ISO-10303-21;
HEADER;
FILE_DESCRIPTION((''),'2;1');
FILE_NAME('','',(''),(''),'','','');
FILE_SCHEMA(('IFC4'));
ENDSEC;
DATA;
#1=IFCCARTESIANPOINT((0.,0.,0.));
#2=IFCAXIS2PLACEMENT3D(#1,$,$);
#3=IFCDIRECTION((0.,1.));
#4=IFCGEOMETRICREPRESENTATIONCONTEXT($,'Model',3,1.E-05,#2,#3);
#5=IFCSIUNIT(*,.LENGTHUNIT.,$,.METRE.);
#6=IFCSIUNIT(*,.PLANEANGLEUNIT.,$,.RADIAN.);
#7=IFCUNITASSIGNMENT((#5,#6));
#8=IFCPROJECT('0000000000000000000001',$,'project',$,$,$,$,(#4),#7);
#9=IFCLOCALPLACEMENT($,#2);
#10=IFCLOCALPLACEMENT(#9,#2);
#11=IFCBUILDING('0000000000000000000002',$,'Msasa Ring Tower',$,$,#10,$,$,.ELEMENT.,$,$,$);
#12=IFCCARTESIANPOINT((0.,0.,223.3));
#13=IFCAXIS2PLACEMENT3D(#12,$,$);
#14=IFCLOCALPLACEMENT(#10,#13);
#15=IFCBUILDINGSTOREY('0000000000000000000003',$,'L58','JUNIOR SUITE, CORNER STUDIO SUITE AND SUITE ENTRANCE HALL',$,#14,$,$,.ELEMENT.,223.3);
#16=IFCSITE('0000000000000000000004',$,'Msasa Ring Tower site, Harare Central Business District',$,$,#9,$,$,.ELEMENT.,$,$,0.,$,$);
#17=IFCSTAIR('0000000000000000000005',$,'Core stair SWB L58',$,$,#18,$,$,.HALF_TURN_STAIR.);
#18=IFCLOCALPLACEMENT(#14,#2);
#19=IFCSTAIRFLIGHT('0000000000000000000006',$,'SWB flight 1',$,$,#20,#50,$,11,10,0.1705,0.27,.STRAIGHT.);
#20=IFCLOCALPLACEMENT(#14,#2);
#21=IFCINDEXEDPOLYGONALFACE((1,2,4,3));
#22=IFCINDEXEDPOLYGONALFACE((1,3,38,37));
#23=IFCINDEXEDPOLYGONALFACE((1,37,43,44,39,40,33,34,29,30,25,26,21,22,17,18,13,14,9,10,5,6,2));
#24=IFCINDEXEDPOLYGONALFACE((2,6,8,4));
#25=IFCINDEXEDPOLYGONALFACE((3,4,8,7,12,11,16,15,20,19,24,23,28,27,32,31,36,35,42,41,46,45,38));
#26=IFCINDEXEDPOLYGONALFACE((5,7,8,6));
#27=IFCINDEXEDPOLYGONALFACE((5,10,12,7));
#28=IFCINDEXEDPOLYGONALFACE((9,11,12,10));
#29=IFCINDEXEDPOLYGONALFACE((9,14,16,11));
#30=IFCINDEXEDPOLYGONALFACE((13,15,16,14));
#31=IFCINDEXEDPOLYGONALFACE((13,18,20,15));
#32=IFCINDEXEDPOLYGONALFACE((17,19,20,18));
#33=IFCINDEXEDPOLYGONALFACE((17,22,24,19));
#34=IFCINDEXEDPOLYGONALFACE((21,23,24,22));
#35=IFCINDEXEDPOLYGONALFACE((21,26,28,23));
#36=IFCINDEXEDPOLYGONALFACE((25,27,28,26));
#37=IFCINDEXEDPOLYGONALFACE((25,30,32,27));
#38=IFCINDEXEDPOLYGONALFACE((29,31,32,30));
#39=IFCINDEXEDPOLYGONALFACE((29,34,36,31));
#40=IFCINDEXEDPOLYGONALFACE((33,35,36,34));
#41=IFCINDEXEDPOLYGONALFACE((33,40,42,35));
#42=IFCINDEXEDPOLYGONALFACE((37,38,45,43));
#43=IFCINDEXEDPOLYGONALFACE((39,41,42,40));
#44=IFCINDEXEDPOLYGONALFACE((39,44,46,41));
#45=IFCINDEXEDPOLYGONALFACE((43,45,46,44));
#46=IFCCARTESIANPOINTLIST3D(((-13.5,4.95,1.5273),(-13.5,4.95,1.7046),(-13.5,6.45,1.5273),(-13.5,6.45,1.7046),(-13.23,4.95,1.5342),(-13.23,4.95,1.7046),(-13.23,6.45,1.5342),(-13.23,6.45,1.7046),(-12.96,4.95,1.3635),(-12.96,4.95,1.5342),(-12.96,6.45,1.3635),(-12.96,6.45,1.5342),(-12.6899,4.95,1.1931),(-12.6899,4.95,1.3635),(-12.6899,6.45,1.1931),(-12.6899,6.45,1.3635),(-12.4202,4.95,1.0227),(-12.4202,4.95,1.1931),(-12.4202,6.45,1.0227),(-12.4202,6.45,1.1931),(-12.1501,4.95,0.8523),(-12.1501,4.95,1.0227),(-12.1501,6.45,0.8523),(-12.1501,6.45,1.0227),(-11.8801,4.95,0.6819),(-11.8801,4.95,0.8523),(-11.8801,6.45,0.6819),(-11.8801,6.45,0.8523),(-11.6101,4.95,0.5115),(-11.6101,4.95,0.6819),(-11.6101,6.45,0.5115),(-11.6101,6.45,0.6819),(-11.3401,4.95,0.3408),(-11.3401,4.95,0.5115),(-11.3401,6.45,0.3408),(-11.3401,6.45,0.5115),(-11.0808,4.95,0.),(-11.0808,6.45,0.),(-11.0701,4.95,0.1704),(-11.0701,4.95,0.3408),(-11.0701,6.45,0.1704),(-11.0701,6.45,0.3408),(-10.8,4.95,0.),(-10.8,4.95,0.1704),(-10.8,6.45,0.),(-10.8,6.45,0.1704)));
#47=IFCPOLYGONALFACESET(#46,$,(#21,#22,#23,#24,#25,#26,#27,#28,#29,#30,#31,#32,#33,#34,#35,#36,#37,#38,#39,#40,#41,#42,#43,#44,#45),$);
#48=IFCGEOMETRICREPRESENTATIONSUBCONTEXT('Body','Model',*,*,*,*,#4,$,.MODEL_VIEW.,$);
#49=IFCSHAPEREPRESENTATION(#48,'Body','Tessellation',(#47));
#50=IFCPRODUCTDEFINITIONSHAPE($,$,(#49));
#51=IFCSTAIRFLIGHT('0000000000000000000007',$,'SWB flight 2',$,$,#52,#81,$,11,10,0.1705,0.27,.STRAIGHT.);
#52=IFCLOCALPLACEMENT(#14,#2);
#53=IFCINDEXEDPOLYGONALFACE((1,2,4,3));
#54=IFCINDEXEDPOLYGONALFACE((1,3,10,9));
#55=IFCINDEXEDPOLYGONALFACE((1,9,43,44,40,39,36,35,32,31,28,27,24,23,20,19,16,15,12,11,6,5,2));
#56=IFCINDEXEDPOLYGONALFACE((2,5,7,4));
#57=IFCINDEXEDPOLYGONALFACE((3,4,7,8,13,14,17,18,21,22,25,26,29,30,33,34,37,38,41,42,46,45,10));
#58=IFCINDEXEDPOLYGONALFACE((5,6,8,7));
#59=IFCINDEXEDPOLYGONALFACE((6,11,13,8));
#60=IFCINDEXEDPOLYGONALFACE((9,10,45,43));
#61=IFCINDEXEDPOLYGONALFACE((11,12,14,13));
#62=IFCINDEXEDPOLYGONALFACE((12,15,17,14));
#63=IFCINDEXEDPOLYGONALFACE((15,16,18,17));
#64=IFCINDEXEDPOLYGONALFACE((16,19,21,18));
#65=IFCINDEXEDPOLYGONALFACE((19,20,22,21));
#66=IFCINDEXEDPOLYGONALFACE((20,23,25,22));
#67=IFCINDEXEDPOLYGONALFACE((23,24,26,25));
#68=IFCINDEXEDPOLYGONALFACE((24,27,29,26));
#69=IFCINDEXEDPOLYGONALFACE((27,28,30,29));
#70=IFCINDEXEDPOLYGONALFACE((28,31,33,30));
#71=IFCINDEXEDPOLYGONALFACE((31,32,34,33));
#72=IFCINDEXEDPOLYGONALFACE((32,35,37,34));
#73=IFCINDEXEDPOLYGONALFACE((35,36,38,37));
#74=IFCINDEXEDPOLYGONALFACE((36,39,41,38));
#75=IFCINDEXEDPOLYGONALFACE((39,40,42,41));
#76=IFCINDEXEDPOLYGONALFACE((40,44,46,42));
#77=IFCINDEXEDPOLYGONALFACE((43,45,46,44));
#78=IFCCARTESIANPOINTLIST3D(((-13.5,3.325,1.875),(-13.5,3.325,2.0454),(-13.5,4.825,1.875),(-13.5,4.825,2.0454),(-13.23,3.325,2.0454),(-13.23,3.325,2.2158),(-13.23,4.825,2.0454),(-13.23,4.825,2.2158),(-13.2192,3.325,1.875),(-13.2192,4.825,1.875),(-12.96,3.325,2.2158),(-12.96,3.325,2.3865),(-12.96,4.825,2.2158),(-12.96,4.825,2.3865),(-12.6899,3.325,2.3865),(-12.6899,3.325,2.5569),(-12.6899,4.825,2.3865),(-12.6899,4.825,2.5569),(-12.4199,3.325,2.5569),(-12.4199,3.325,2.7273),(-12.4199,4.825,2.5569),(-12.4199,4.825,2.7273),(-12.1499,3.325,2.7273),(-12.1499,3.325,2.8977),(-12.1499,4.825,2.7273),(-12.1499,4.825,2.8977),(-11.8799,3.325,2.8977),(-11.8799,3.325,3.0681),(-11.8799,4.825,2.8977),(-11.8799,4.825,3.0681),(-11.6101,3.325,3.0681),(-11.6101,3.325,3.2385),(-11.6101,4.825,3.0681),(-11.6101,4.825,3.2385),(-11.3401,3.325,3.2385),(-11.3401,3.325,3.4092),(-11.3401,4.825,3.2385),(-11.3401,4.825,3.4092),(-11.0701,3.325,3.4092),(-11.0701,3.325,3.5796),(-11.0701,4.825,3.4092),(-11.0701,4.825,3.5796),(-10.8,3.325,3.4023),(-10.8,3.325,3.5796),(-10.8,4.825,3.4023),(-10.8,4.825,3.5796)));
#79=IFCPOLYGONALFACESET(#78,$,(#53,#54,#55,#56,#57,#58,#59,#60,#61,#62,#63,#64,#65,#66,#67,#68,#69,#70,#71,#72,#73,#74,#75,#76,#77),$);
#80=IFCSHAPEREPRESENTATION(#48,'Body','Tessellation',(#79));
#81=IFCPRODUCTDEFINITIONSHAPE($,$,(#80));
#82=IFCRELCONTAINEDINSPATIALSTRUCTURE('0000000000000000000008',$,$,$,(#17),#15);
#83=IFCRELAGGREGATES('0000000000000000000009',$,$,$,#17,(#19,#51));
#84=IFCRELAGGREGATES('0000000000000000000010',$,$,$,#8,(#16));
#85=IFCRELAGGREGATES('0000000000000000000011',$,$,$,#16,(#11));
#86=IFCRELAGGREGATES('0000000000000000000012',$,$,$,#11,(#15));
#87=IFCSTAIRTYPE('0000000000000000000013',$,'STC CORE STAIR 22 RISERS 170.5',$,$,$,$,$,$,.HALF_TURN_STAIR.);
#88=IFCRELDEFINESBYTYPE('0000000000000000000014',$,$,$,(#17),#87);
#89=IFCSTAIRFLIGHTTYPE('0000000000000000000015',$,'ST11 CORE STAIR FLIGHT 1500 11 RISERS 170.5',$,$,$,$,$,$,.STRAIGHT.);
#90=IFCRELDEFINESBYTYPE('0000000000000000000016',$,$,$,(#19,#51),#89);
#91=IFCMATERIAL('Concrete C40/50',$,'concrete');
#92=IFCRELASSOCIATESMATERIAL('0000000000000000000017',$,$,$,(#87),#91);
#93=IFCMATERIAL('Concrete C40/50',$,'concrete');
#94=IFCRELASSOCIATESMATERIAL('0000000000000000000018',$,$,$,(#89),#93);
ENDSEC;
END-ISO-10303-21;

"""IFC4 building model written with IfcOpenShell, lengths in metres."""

from ifc_helpers import new_model, si_unit, direction, frame, origin, place, context, subcontext, project, spatial, polyline, outline, extrude, material, type_object, element, aggregate, save


model = new_model("IFC4")

# Units and contexts
model_context = context("Model", 3, precision=1e-05, world=origin(), true_north=direction((0.0, 1.0)))
body_context = subcontext(model_context, "Body", "Model", "MODEL_VIEW")
ifc_project = project(units=[si_unit("LENGTHUNIT", "METRE"), si_unit("PLANEANGLEUNIT", "RADIAN")], contexts=[model_context])

# Site, building, storey
site_placement = place(None, origin())
site = spatial("IfcSite", under=ifc_project, at=site_placement, Name="Msasa Ring Tower site, Harare Central Business District", CompositionType="ELEMENT", RefElevation=0.0)
building_placement = place(site_placement, origin())
building = spatial("IfcBuilding", under=site, at=building_placement, Name="Msasa Ring Tower", CompositionType="ELEMENT")
storey_placement = place(building_placement, frame((0.0, 0.0, 223.3)))
storey = spatial("IfcBuildingStorey", under=building, at=storey_placement, Name="L58", Description="JUNIOR SUITE, CORNER STUDIO SUITE AND SUITE ENTRANCE HALL", CompositionType="ELEMENT", Elevation=223.3)

# Stair, stair flights
ifc_material_1 = material(Name="Concrete C40/50", Category="concrete")
stair_type = type_object("IfcStairType", Name="STC CORE STAIR 22 RISERS 170.5", PredefinedType="HALF_TURN_STAIR", material=ifc_material_1)
stair_placement = place(storey_placement, origin())
stair = element("IfcStair", 1, at=stair_placement, inside=storey, type_object=stair_type, Name="Core stair SWB L58", PredefinedType="HALF_TURN_STAIR")
ifc_material_2 = material(Name="Concrete C40/50", Category="concrete")
stair_flight_type = type_object("IfcStairFlightType", Name="ST11 CORE STAIR FLIGHT 1500 11 RISERS 170.5", PredefinedType="STRAIGHT", material=ifc_material_2)
stair_flight_1_placement = place(storey_placement, frame((-10.8, 5.7, 0.0), z_axis=(0.0, 0.0, 1.0), x_axis=(-1.0, 0.0, 0.0)))
stair_flight_1 = element("IfcStairFlight", 2, at=stair_flight_1_placement, type_object=stair_flight_type, Name="SWB flight 1", NumberOfRisers=11, NumberOfTreads=10, PredefinedType="STRAIGHT", RiserHeight=0.1705, TreadLength=0.27, context=body_context, shape_type="SweptSolid", body=[
    extrude(outline(polyline([(0.0, 0.0), (0.0, 0.1704), (0.27, 0.1704), (0.27, 0.3408), (0.54, 0.3408), (0.54, 0.5115), (0.8101, 0.5115), (0.8101, 0.6819), (1.0801, 0.6819), (1.0801, 0.8523), (1.3501, 0.8523), (1.3501, 1.0227), (1.6201, 1.0227), (1.6201, 1.1931), (1.8899, 1.1931), (1.8899, 1.3635), (2.1599, 1.3635), (2.1599, 1.5342), (2.4299, 1.5342), (2.4299, 1.7046), (2.7, 1.7046), (2.7, 1.875), (2.7, 1.5273), (0.2808, 0.0), (0.0, 0.0)])), frame((0.0, 0.75, 0.0), z_axis=(0.0, -1.0, 0.0), x_axis=(1.0, 0.0, 0.0)), (0.0, 0.0, 1.0), 1.5),
])
stair_flight_2_placement = place(storey_placement, frame((-13.5, 4.075, 1.875), z_axis=(0.0, 0.0, 1.0), x_axis=(1.0, 0.0, 0.0)))
stair_flight_2 = element("IfcStairFlight", 3, at=stair_flight_2_placement, type_object=stair_flight_type, Name="SWB flight 2", NumberOfRisers=11, NumberOfTreads=10, PredefinedType="STRAIGHT", RiserHeight=0.1705, TreadLength=0.27, context=body_context, shape_type="SweptSolid", body=[
    extrude(outline(polyline([(0.0, 0.0), (0.0, 0.1704), (0.27, 0.1704), (0.27, 0.3408), (0.54, 0.3408), (0.54, 0.5115), (0.8101, 0.5115), (0.8101, 0.6819), (1.0801, 0.6819), (1.0801, 0.8523), (1.3501, 0.8523), (1.3501, 1.0227), (1.6201, 1.0227), (1.6201, 1.1931), (1.8899, 1.1931), (1.8899, 1.3635), (2.1599, 1.3635), (2.1599, 1.5342), (2.4299, 1.5342), (2.4299, 1.7046), (2.7, 1.7046), (2.7, 1.875), (2.7, 1.5273), (0.2808, 0.0), (0.0, 0.0)])), frame((0.0, 0.75, 0.0), z_axis=(0.0, -1.0, 0.0), x_axis=(1.0, 0.0, 0.0)), (0.0, 0.0, 1.0), 1.5),
])
aggregate(stair, [stair_flight_1, stair_flight_2])

save(model, "model.ifc")
